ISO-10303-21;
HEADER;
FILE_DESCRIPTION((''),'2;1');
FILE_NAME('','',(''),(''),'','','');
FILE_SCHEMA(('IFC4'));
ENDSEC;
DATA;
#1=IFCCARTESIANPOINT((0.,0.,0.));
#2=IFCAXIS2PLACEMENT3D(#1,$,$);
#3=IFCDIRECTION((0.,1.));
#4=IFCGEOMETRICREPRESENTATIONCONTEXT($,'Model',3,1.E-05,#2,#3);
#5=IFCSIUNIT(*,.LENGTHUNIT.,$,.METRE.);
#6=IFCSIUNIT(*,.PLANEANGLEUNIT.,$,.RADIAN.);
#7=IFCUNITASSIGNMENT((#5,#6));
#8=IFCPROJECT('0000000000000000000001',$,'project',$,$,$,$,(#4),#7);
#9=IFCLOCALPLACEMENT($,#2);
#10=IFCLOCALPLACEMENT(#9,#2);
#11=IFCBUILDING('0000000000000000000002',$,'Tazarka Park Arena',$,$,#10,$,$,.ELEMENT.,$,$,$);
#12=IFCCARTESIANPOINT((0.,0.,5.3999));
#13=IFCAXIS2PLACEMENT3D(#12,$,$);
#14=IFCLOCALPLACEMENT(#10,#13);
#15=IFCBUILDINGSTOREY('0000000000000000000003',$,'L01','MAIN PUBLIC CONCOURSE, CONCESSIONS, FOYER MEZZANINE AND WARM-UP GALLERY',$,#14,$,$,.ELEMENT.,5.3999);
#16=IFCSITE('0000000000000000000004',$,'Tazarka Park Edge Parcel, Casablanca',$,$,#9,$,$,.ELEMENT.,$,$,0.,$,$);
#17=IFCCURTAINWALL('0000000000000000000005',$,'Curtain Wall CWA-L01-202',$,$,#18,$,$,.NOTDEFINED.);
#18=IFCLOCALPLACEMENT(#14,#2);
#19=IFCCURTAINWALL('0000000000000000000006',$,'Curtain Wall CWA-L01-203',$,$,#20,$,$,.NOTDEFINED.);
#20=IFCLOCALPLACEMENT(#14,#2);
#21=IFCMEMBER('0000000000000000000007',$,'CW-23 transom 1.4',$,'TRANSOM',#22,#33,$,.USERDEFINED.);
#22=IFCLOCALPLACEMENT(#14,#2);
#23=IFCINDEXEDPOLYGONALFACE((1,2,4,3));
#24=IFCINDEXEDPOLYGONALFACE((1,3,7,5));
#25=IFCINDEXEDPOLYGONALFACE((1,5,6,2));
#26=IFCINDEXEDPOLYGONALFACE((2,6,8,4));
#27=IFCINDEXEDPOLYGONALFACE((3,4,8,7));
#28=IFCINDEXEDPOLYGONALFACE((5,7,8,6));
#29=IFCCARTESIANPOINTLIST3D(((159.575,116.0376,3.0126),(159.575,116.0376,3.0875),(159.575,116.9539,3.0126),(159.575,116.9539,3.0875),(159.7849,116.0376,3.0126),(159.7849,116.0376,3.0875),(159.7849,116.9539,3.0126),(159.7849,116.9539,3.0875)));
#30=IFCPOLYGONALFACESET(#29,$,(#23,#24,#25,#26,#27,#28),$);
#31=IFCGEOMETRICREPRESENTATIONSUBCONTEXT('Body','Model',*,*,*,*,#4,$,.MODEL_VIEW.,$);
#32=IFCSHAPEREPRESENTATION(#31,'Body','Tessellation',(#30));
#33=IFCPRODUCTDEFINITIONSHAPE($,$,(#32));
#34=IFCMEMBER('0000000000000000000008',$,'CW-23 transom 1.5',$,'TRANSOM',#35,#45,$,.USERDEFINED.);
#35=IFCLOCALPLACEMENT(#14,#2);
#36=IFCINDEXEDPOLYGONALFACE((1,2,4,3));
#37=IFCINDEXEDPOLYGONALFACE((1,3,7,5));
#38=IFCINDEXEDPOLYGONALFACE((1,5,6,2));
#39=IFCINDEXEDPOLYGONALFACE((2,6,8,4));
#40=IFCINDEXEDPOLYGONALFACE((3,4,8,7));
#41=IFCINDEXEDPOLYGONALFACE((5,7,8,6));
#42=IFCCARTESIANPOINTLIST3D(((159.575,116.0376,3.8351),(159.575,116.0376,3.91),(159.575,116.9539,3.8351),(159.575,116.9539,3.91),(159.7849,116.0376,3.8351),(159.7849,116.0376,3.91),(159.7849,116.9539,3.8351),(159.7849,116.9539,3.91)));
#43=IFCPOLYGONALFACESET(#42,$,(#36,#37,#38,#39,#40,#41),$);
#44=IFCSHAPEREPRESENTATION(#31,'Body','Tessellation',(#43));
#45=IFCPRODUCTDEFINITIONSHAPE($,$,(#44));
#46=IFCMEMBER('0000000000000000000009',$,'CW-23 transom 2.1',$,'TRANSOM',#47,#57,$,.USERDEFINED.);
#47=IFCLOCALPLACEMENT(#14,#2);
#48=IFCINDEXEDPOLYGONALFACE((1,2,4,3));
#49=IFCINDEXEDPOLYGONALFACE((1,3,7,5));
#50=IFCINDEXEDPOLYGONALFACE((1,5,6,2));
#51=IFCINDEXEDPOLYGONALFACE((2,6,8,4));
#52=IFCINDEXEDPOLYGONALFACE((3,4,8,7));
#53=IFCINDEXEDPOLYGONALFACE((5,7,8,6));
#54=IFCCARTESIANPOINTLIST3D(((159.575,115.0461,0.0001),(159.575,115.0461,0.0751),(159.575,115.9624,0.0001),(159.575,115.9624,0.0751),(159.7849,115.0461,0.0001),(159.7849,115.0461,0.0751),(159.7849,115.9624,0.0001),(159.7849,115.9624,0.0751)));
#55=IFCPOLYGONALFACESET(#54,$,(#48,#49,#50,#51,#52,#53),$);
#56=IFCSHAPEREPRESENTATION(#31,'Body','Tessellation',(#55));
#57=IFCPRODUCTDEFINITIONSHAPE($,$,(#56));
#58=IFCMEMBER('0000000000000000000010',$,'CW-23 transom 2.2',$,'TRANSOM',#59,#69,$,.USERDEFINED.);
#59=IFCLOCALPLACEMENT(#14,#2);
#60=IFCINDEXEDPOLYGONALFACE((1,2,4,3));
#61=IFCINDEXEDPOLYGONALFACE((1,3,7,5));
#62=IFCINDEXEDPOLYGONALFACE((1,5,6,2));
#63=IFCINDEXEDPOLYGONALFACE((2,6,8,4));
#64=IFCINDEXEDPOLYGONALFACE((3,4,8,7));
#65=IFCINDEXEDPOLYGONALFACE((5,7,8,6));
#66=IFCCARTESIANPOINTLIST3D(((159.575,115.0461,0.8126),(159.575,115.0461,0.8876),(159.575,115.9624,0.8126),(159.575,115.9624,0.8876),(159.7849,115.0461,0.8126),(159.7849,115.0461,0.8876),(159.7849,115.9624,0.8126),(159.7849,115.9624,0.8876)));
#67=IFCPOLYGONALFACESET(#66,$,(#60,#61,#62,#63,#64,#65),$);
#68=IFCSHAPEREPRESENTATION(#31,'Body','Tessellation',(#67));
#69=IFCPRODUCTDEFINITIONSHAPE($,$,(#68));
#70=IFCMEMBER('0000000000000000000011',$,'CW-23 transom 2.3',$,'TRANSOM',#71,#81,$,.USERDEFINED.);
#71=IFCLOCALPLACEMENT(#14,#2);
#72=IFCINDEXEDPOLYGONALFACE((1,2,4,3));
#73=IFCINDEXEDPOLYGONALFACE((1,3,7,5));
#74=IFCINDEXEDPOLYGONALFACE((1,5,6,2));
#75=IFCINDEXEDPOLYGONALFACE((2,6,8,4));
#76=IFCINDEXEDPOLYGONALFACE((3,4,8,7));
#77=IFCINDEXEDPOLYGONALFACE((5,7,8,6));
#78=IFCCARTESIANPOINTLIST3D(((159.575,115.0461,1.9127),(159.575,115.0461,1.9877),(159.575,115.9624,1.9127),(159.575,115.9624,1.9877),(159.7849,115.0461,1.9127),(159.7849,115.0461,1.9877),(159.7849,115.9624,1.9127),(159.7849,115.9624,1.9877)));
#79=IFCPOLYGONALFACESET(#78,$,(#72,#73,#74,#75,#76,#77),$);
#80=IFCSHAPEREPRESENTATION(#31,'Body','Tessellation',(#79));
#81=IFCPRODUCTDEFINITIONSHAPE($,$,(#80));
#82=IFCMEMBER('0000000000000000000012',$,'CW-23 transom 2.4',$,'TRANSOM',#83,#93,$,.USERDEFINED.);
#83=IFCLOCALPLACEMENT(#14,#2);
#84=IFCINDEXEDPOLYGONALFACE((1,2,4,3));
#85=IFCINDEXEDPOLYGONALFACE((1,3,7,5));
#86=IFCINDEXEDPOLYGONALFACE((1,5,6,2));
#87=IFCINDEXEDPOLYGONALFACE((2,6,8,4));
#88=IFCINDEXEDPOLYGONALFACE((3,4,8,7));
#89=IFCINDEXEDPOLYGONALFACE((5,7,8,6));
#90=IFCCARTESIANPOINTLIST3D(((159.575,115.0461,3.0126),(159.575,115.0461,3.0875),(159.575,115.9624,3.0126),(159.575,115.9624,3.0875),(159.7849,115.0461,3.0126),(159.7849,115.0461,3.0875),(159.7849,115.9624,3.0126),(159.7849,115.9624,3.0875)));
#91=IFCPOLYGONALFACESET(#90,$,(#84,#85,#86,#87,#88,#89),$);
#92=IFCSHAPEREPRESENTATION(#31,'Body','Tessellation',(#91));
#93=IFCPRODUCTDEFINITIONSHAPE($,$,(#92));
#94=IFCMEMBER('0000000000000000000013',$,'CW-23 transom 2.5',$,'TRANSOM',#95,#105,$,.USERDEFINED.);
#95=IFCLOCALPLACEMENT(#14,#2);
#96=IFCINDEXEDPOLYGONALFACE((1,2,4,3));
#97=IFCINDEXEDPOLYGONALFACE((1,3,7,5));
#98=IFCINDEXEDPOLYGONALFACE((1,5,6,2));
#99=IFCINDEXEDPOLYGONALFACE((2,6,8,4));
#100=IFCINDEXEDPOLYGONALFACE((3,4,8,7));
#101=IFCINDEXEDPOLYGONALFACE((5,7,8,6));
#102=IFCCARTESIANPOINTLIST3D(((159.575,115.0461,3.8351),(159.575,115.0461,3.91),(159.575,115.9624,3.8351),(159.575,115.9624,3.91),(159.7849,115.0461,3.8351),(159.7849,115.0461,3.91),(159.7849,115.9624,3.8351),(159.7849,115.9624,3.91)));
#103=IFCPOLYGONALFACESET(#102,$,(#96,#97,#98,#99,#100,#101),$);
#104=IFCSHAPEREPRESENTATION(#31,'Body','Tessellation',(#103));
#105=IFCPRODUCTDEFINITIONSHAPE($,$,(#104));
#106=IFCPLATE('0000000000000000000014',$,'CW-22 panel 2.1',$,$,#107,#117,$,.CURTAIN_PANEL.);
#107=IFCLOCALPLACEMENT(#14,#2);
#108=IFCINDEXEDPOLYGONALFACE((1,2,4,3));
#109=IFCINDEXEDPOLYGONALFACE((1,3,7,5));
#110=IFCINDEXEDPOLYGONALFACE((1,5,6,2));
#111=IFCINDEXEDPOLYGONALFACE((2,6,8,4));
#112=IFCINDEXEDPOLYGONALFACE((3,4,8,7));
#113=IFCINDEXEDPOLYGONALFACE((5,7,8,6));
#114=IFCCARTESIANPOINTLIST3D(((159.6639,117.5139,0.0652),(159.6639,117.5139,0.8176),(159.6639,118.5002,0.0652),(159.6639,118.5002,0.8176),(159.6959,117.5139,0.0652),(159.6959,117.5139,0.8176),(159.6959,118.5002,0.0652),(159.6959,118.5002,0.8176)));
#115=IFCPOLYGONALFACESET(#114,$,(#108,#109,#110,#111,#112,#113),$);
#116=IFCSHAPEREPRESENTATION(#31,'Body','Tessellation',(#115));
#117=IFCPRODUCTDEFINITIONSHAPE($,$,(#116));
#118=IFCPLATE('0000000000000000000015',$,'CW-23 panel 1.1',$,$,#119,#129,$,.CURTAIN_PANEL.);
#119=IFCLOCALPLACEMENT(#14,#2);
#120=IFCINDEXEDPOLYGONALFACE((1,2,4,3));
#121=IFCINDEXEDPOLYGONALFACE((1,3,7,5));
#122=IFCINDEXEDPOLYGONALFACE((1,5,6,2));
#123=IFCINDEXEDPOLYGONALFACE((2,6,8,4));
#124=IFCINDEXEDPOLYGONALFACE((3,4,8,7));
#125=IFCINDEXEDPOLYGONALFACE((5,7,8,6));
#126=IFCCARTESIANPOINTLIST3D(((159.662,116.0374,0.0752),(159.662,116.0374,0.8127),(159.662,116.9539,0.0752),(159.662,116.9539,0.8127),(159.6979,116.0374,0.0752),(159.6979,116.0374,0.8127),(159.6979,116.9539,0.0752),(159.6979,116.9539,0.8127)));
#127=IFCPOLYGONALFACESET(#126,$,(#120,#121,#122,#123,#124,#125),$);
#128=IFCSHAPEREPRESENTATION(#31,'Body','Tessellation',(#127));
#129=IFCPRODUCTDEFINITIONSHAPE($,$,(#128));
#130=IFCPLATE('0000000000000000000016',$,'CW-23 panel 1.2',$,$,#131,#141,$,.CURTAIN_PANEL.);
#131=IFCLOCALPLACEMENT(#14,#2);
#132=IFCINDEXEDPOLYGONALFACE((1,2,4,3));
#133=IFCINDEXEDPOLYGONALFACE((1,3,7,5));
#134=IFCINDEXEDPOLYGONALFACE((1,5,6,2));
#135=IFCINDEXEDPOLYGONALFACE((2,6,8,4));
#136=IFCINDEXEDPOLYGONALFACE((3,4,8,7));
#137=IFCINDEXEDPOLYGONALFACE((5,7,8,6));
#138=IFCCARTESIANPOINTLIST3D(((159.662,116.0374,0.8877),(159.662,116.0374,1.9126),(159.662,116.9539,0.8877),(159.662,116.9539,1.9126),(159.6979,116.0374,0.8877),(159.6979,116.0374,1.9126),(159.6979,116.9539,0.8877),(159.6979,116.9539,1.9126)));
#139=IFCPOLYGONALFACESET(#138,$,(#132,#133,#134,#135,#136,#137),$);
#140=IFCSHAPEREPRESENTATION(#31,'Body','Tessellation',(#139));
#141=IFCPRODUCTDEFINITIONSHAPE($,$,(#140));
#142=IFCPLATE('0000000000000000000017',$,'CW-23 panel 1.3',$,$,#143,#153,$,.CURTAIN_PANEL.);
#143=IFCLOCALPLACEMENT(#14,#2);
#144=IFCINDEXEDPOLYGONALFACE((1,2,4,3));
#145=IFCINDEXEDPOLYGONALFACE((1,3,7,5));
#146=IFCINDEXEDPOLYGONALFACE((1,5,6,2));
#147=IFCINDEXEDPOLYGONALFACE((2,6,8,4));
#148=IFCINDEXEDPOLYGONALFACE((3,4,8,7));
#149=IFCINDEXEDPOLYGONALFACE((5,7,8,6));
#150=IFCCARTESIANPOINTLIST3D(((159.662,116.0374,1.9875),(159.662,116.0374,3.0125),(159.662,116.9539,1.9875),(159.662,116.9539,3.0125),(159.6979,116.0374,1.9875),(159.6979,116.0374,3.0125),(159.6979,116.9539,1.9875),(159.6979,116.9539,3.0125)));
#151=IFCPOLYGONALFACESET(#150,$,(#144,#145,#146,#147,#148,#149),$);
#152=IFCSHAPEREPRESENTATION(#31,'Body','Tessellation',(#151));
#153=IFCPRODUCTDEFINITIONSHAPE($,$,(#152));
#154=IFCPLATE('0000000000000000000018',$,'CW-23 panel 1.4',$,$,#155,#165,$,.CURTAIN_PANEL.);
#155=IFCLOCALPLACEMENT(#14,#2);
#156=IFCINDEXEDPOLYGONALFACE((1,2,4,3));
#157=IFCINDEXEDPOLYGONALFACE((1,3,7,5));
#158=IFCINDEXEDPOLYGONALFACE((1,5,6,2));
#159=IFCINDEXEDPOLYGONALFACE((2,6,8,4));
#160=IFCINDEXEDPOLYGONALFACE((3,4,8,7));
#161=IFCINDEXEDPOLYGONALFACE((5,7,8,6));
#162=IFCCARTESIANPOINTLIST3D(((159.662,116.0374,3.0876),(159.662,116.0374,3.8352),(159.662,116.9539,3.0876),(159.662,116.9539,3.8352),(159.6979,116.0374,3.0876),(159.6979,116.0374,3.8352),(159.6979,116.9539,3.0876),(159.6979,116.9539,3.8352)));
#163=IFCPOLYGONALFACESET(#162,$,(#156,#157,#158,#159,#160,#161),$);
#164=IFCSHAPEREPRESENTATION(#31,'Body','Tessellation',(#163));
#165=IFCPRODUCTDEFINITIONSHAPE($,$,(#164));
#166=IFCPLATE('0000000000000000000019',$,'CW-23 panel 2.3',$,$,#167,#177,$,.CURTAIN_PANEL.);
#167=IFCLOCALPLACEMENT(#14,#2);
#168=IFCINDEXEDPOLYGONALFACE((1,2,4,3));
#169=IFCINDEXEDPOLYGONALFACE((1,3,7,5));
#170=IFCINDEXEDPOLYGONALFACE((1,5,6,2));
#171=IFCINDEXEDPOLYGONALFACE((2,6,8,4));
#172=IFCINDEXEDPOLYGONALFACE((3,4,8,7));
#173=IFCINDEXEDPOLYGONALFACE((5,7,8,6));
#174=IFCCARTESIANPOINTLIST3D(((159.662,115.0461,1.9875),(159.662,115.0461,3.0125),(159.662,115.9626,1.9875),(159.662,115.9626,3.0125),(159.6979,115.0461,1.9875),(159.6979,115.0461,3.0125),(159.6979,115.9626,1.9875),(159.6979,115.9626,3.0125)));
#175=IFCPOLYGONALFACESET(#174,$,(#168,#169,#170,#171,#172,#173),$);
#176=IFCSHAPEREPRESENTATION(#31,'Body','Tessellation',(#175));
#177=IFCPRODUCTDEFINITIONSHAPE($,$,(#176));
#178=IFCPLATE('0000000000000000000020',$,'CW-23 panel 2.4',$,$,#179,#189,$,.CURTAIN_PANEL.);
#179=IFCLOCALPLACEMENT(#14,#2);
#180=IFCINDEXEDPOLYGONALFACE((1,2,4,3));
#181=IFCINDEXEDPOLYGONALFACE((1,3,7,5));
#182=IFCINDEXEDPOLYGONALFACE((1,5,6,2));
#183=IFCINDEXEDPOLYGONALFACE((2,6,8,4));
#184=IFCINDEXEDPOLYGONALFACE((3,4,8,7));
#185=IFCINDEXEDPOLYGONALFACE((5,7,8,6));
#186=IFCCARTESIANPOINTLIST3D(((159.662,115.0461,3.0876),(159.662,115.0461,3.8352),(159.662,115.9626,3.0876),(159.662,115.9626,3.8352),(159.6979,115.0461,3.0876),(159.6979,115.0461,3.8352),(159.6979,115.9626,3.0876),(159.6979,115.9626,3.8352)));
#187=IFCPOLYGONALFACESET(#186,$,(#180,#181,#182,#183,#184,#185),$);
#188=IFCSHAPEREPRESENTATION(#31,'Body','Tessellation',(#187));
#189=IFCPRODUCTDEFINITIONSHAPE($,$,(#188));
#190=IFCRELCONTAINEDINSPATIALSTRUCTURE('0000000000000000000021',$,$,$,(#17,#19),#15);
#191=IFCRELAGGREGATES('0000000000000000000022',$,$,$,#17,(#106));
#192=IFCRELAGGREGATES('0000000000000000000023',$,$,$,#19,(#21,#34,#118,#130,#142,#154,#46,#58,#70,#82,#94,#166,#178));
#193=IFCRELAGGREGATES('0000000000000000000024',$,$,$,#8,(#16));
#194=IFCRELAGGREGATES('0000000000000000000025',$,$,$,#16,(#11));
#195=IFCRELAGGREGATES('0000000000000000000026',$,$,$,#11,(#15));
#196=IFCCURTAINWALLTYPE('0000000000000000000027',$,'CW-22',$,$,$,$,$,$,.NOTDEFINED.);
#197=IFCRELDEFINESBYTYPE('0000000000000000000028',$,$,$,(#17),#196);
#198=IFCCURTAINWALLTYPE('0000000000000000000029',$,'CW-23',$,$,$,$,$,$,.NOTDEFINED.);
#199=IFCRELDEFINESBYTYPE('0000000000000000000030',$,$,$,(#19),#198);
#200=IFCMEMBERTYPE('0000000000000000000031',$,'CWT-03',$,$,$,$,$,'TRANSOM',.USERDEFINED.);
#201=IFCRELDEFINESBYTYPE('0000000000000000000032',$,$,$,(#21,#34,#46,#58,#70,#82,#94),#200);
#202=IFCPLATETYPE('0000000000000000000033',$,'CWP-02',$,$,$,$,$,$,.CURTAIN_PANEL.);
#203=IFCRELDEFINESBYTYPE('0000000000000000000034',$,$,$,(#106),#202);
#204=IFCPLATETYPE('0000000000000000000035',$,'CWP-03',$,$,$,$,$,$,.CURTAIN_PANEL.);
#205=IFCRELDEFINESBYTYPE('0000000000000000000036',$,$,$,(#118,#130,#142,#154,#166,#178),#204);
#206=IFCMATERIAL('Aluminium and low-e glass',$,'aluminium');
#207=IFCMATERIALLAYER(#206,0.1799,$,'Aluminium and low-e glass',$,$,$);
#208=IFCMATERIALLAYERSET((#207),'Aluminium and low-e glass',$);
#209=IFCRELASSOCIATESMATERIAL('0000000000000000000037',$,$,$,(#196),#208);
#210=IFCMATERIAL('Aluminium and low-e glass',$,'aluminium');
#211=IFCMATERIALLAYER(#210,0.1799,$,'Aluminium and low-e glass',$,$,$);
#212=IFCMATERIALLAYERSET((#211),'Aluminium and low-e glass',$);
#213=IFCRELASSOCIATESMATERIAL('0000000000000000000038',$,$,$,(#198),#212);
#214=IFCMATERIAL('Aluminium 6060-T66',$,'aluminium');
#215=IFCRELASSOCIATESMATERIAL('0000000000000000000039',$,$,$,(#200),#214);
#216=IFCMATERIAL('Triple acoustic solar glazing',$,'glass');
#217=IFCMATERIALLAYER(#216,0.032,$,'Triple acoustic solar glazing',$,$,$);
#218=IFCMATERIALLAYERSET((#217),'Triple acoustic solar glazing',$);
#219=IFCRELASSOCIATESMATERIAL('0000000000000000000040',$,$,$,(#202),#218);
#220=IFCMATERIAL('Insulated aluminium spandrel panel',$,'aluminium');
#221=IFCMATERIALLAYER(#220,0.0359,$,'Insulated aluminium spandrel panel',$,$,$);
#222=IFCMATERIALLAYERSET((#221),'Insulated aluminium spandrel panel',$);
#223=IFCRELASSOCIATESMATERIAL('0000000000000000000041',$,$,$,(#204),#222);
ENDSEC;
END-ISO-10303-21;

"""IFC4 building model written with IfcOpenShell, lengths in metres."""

from ifc_helpers import new_model, si_unit, direction, frame, origin, origin_2d, place, context, subcontext, project, spatial, rectangle, extrude, material, layer, layer_set, material_profile, profile_set, type_object, element, aggregate, save


model = new_model("IFC4")

# Units and contexts
model_context = context("Model", 3, precision=1e-05, world=origin(), true_north=direction((0.0, 1.0)))
body_context = subcontext(model_context, "Body", "Model", "MODEL_VIEW")
ifc_project = project(units=[si_unit("LENGTHUNIT", "METRE"), si_unit("PLANEANGLEUNIT", "RADIAN")], contexts=[model_context])

# Site, building, storey
site_placement = place(None, origin())
site = spatial("IfcSite", under=ifc_project, at=site_placement, Name="Tazarka Park Edge Parcel, Casablanca", CompositionType="ELEMENT", RefElevation=0.0)
building_placement = place(site_placement, origin())
building = spatial("IfcBuilding", under=site, at=building_placement, Name="Tazarka Park Arena", CompositionType="ELEMENT")
storey_placement = place(building_placement, frame((0.0, 0.0, 5.3999)))
storey = spatial("IfcBuildingStorey", under=building, at=storey_placement, Name="L01", Description="MAIN PUBLIC CONCOURSE, CONCESSIONS, FOYER MEZZANINE AND WARM-UP GALLERY", CompositionType="ELEMENT", Elevation=5.3999)

# Curtain wall
ifc_material_1 = material(Name="Aluminium and low-e glass", Category="aluminium")
ifc_layer_1 = layer(ifc_material_1, 0.1799, Name="Aluminium and low-e glass")
ifc_layer_set_1 = layer_set([ifc_layer_1], Name="Aluminium and low-e glass")
curtain_wall_type_1 = type_object("IfcCurtainWallType", Name="CW-22", PredefinedType="NOTDEFINED", material=ifc_layer_set_1)
curtain_wall_1_placement = place(storey_placement, origin())
curtain_wall_1 = element("IfcCurtainWall", 1, at=curtain_wall_1_placement, inside=storey, type_object=curtain_wall_type_1, Name="Curtain Wall CWA-L01-202", PredefinedType="NOTDEFINED")

# Curtain wall, members
ifc_material_2 = material(Name="Aluminium and low-e glass", Category="aluminium")
ifc_layer_2 = layer(ifc_material_2, 0.1799, Name="Aluminium and low-e glass")
ifc_layer_set_2 = layer_set([ifc_layer_2], Name="Aluminium and low-e glass")
curtain_wall_type_2 = type_object("IfcCurtainWallType", Name="CW-23", PredefinedType="NOTDEFINED", material=ifc_layer_set_2)
curtain_wall_2_placement = place(storey_placement, origin())
curtain_wall_2 = element("IfcCurtainWall", 2, at=curtain_wall_2_placement, inside=storey, type_object=curtain_wall_type_2, Name="Curtain Wall CWA-L01-203", PredefinedType="NOTDEFINED")
ifc_material_3 = material(Name="Aluminium 6060-T66", Category="aluminium")
ifc_material_profile_1 = material_profile(ifc_material_3, rectangle(XDim=0.21, YDim=0.075, at=origin_2d()), Name="Aluminium 6060-T66")
ifc_profile_set_1 = profile_set([ifc_material_profile_1], Name="Aluminium 6060-T66")
member_type_1 = type_object("IfcMemberType", Name="CWT-03", ElementType="TRANSOM", PredefinedType="USERDEFINED", material=ifc_profile_set_1)
member_1_placement = place(storey_placement, frame((159.6799, 116.9539, 3.05), z_axis=(0.0, -1.0, 0.0), x_axis=(1.0, 0.0, 0.0)))
member_1 = element("IfcMember", 3, at=member_1_placement, type_object=member_type_1, Name="CW-23 transom 1.4", ObjectType="TRANSOM", PredefinedType="USERDEFINED", context=body_context, shape_type="SweptSolid", body=[
    extrude(rectangle(XDim=0.21, YDim=0.075, at=origin_2d()), origin(), (0.0, 0.0, 1.0), 0.9163),
])
member_2_placement = place(storey_placement, frame((159.6799, 116.9539, 3.8726), z_axis=(0.0, -1.0, 0.0), x_axis=(1.0, 0.0, 0.0)))
member_2 = element("IfcMember", 4, at=member_2_placement, type_object=member_type_1, Name="CW-23 transom 1.5", ObjectType="TRANSOM", PredefinedType="USERDEFINED", context=body_context, shape_type="SweptSolid", body=[
    extrude(rectangle(XDim=0.21, YDim=0.075, at=origin_2d()), origin(), (0.0, 0.0, 1.0), 0.9163),
])
member_3_placement = place(storey_placement, frame((159.6799, 115.9624, 0.0376), z_axis=(0.0, -1.0, 0.0), x_axis=(1.0, 0.0, 0.0)))
member_3 = element("IfcMember", 5, at=member_3_placement, type_object=member_type_1, Name="CW-23 transom 2.1", ObjectType="TRANSOM", PredefinedType="USERDEFINED", context=body_context, shape_type="SweptSolid", body=[
    extrude(rectangle(XDim=0.21, YDim=0.075, at=origin_2d()), origin(), (0.0, 0.0, 1.0), 0.9163),
])
member_4_placement = place(storey_placement, frame((159.6799, 115.9624, 0.8501), z_axis=(0.0, -1.0, 0.0), x_axis=(1.0, 0.0, 0.0)))
member_4 = element("IfcMember", 6, at=member_4_placement, type_object=member_type_1, Name="CW-23 transom 2.2", ObjectType="TRANSOM", PredefinedType="USERDEFINED", context=body_context, shape_type="SweptSolid", body=[
    extrude(rectangle(XDim=0.21, YDim=0.075, at=origin_2d()), origin(), (0.0, 0.0, 1.0), 0.9163),
])
member_5_placement = place(storey_placement, frame((159.6799, 115.9624, 1.9502), z_axis=(0.0, -1.0, 0.0), x_axis=(1.0, 0.0, 0.0)))
member_5 = element("IfcMember", 7, at=member_5_placement, type_object=member_type_1, Name="CW-23 transom 2.3", ObjectType="TRANSOM", PredefinedType="USERDEFINED", context=body_context, shape_type="SweptSolid", body=[
    extrude(rectangle(XDim=0.21, YDim=0.075, at=origin_2d()), origin(), (0.0, 0.0, 1.0), 0.9163),
])
member_6_placement = place(storey_placement, frame((159.6799, 115.9624, 3.05), z_axis=(0.0, -1.0, 0.0), x_axis=(1.0, 0.0, 0.0)))
member_6 = element("IfcMember", 8, at=member_6_placement, type_object=member_type_1, Name="CW-23 transom 2.4", ObjectType="TRANSOM", PredefinedType="USERDEFINED", context=body_context, shape_type="SweptSolid", body=[
    extrude(rectangle(XDim=0.21, YDim=0.075, at=origin_2d()), origin(), (0.0, 0.0, 1.0), 0.9163),
])
member_7_placement = place(storey_placement, frame((159.6799, 115.9624, 3.8726), z_axis=(0.0, -1.0, 0.0), x_axis=(1.0, 0.0, 0.0)))
member_7 = element("IfcMember", 9, at=member_7_placement, type_object=member_type_1, Name="CW-23 transom 2.5", ObjectType="TRANSOM", PredefinedType="USERDEFINED", context=body_context, shape_type="SweptSolid", body=[
    extrude(rectangle(XDim=0.21, YDim=0.075, at=origin_2d()), origin(), (0.0, 0.0, 1.0), 0.9163),
])

# Plates
ifc_material_4 = material(Name="Triple acoustic solar glazing", Category="glass")
ifc_layer_3 = layer(ifc_material_4, 0.032, Name="Triple acoustic solar glazing")
ifc_layer_set_3 = layer_set([ifc_layer_3], Name="Triple acoustic solar glazing")
plate_type_1 = type_object("IfcPlateType", Name="CWP-02", PredefinedType="CURTAIN_PANEL", material=ifc_layer_set_3)
plate_1_placement = place(storey_placement, frame((159.6799, 118.0071, 0.0652), z_axis=(0.0, 0.0, 1.0), x_axis=(0.0, -1.0, 0.0)))
plate_1 = element("IfcPlate", 10, at=plate_1_placement, type_object=plate_type_1, Name="CW-22 panel 2.1", PredefinedType="CURTAIN_PANEL", context=body_context, shape_type="SweptSolid", body=[
    extrude(rectangle(XDim=0.9863, YDim=0.032, at=origin_2d()), origin(), (0.0, 0.0, 1.0), 0.7524),
])
aggregate(curtain_wall_1, [plate_1])
ifc_material_5 = material(Name="Insulated aluminium spandrel panel", Category="aluminium")
ifc_layer_4 = layer(ifc_material_5, 0.0359, Name="Insulated aluminium spandrel panel")
ifc_layer_set_4 = layer_set([ifc_layer_4], Name="Insulated aluminium spandrel panel")
plate_type_2 = type_object("IfcPlateType", Name="CWP-03", PredefinedType="CURTAIN_PANEL", material=ifc_layer_set_4)
plate_2_placement = place(storey_placement, frame((159.6799, 116.4956, 0.0752), z_axis=(0.0, 0.0, 1.0), x_axis=(0.0, -1.0, 0.0)))
plate_2 = element("IfcPlate", 11, at=plate_2_placement, type_object=plate_type_2, Name="CW-23 panel 1.1", PredefinedType="CURTAIN_PANEL", context=body_context, shape_type="SweptSolid", body=[
    extrude(rectangle(XDim=0.9165, YDim=0.0359, at=origin_2d()), origin(), (0.0, 0.0, 1.0), 0.7375),
])
plate_3_placement = place(storey_placement, frame((159.6799, 116.4956, 0.8877), z_axis=(0.0, 0.0, 1.0), x_axis=(0.0, -1.0, 0.0)))
plate_3 = element("IfcPlate", 12, at=plate_3_placement, type_object=plate_type_2, Name="CW-23 panel 1.2", PredefinedType="CURTAIN_PANEL", context=body_context, shape_type="SweptSolid", body=[
    extrude(rectangle(XDim=0.9165, YDim=0.0359, at=origin_2d()), origin(), (0.0, 0.0, 1.0), 1.0249),
])
plate_4_placement = place(storey_placement, frame((159.6799, 116.4956, 1.9875), z_axis=(0.0, 0.0, 1.0), x_axis=(0.0, -1.0, 0.0)))
plate_4 = element("IfcPlate", 13, at=plate_4_placement, type_object=plate_type_2, Name="CW-23 panel 1.3", PredefinedType="CURTAIN_PANEL", context=body_context, shape_type="SweptSolid", body=[
    extrude(rectangle(XDim=0.9165, YDim=0.0359, at=origin_2d()), origin(), (0.0, 0.0, 1.0), 1.0249),
])
plate_5_placement = place(storey_placement, frame((159.6799, 116.4956, 3.0876), z_axis=(0.0, 0.0, 1.0), x_axis=(0.0, -1.0, 0.0)))
plate_5 = element("IfcPlate", 14, at=plate_5_placement, type_object=plate_type_2, Name="CW-23 panel 1.4", PredefinedType="CURTAIN_PANEL", context=body_context, shape_type="SweptSolid", body=[
    extrude(rectangle(XDim=0.9165, YDim=0.0359, at=origin_2d()), origin(), (0.0, 0.0, 1.0), 0.7476),
])
plate_6_placement = place(storey_placement, frame((159.6799, 115.5044, 1.9875), z_axis=(0.0, 0.0, 1.0), x_axis=(0.0, -1.0, 0.0)))
plate_6 = element("IfcPlate", 15, at=plate_6_placement, type_object=plate_type_2, Name="CW-23 panel 2.3", PredefinedType="CURTAIN_PANEL", context=body_context, shape_type="SweptSolid", body=[
    extrude(rectangle(XDim=0.9165, YDim=0.0359, at=origin_2d()), origin(), (0.0, 0.0, 1.0), 1.0249),
])
plate_7_placement = place(storey_placement, frame((159.6799, 115.5044, 3.0876), z_axis=(0.0, 0.0, 1.0), x_axis=(0.0, -1.0, 0.0)))
plate_7 = element("IfcPlate", 16, at=plate_7_placement, type_object=plate_type_2, Name="CW-23 panel 2.4", PredefinedType="CURTAIN_PANEL", context=body_context, shape_type="SweptSolid", body=[
    extrude(rectangle(XDim=0.9165, YDim=0.0359, at=origin_2d()), origin(), (0.0, 0.0, 1.0), 0.7476),
])
aggregate(curtain_wall_2, [member_1, member_2, plate_2, plate_3, plate_4, plate_5, member_3, member_4, member_5, member_6, member_7, plate_6, plate_7])

save(model, "model.ifc")
